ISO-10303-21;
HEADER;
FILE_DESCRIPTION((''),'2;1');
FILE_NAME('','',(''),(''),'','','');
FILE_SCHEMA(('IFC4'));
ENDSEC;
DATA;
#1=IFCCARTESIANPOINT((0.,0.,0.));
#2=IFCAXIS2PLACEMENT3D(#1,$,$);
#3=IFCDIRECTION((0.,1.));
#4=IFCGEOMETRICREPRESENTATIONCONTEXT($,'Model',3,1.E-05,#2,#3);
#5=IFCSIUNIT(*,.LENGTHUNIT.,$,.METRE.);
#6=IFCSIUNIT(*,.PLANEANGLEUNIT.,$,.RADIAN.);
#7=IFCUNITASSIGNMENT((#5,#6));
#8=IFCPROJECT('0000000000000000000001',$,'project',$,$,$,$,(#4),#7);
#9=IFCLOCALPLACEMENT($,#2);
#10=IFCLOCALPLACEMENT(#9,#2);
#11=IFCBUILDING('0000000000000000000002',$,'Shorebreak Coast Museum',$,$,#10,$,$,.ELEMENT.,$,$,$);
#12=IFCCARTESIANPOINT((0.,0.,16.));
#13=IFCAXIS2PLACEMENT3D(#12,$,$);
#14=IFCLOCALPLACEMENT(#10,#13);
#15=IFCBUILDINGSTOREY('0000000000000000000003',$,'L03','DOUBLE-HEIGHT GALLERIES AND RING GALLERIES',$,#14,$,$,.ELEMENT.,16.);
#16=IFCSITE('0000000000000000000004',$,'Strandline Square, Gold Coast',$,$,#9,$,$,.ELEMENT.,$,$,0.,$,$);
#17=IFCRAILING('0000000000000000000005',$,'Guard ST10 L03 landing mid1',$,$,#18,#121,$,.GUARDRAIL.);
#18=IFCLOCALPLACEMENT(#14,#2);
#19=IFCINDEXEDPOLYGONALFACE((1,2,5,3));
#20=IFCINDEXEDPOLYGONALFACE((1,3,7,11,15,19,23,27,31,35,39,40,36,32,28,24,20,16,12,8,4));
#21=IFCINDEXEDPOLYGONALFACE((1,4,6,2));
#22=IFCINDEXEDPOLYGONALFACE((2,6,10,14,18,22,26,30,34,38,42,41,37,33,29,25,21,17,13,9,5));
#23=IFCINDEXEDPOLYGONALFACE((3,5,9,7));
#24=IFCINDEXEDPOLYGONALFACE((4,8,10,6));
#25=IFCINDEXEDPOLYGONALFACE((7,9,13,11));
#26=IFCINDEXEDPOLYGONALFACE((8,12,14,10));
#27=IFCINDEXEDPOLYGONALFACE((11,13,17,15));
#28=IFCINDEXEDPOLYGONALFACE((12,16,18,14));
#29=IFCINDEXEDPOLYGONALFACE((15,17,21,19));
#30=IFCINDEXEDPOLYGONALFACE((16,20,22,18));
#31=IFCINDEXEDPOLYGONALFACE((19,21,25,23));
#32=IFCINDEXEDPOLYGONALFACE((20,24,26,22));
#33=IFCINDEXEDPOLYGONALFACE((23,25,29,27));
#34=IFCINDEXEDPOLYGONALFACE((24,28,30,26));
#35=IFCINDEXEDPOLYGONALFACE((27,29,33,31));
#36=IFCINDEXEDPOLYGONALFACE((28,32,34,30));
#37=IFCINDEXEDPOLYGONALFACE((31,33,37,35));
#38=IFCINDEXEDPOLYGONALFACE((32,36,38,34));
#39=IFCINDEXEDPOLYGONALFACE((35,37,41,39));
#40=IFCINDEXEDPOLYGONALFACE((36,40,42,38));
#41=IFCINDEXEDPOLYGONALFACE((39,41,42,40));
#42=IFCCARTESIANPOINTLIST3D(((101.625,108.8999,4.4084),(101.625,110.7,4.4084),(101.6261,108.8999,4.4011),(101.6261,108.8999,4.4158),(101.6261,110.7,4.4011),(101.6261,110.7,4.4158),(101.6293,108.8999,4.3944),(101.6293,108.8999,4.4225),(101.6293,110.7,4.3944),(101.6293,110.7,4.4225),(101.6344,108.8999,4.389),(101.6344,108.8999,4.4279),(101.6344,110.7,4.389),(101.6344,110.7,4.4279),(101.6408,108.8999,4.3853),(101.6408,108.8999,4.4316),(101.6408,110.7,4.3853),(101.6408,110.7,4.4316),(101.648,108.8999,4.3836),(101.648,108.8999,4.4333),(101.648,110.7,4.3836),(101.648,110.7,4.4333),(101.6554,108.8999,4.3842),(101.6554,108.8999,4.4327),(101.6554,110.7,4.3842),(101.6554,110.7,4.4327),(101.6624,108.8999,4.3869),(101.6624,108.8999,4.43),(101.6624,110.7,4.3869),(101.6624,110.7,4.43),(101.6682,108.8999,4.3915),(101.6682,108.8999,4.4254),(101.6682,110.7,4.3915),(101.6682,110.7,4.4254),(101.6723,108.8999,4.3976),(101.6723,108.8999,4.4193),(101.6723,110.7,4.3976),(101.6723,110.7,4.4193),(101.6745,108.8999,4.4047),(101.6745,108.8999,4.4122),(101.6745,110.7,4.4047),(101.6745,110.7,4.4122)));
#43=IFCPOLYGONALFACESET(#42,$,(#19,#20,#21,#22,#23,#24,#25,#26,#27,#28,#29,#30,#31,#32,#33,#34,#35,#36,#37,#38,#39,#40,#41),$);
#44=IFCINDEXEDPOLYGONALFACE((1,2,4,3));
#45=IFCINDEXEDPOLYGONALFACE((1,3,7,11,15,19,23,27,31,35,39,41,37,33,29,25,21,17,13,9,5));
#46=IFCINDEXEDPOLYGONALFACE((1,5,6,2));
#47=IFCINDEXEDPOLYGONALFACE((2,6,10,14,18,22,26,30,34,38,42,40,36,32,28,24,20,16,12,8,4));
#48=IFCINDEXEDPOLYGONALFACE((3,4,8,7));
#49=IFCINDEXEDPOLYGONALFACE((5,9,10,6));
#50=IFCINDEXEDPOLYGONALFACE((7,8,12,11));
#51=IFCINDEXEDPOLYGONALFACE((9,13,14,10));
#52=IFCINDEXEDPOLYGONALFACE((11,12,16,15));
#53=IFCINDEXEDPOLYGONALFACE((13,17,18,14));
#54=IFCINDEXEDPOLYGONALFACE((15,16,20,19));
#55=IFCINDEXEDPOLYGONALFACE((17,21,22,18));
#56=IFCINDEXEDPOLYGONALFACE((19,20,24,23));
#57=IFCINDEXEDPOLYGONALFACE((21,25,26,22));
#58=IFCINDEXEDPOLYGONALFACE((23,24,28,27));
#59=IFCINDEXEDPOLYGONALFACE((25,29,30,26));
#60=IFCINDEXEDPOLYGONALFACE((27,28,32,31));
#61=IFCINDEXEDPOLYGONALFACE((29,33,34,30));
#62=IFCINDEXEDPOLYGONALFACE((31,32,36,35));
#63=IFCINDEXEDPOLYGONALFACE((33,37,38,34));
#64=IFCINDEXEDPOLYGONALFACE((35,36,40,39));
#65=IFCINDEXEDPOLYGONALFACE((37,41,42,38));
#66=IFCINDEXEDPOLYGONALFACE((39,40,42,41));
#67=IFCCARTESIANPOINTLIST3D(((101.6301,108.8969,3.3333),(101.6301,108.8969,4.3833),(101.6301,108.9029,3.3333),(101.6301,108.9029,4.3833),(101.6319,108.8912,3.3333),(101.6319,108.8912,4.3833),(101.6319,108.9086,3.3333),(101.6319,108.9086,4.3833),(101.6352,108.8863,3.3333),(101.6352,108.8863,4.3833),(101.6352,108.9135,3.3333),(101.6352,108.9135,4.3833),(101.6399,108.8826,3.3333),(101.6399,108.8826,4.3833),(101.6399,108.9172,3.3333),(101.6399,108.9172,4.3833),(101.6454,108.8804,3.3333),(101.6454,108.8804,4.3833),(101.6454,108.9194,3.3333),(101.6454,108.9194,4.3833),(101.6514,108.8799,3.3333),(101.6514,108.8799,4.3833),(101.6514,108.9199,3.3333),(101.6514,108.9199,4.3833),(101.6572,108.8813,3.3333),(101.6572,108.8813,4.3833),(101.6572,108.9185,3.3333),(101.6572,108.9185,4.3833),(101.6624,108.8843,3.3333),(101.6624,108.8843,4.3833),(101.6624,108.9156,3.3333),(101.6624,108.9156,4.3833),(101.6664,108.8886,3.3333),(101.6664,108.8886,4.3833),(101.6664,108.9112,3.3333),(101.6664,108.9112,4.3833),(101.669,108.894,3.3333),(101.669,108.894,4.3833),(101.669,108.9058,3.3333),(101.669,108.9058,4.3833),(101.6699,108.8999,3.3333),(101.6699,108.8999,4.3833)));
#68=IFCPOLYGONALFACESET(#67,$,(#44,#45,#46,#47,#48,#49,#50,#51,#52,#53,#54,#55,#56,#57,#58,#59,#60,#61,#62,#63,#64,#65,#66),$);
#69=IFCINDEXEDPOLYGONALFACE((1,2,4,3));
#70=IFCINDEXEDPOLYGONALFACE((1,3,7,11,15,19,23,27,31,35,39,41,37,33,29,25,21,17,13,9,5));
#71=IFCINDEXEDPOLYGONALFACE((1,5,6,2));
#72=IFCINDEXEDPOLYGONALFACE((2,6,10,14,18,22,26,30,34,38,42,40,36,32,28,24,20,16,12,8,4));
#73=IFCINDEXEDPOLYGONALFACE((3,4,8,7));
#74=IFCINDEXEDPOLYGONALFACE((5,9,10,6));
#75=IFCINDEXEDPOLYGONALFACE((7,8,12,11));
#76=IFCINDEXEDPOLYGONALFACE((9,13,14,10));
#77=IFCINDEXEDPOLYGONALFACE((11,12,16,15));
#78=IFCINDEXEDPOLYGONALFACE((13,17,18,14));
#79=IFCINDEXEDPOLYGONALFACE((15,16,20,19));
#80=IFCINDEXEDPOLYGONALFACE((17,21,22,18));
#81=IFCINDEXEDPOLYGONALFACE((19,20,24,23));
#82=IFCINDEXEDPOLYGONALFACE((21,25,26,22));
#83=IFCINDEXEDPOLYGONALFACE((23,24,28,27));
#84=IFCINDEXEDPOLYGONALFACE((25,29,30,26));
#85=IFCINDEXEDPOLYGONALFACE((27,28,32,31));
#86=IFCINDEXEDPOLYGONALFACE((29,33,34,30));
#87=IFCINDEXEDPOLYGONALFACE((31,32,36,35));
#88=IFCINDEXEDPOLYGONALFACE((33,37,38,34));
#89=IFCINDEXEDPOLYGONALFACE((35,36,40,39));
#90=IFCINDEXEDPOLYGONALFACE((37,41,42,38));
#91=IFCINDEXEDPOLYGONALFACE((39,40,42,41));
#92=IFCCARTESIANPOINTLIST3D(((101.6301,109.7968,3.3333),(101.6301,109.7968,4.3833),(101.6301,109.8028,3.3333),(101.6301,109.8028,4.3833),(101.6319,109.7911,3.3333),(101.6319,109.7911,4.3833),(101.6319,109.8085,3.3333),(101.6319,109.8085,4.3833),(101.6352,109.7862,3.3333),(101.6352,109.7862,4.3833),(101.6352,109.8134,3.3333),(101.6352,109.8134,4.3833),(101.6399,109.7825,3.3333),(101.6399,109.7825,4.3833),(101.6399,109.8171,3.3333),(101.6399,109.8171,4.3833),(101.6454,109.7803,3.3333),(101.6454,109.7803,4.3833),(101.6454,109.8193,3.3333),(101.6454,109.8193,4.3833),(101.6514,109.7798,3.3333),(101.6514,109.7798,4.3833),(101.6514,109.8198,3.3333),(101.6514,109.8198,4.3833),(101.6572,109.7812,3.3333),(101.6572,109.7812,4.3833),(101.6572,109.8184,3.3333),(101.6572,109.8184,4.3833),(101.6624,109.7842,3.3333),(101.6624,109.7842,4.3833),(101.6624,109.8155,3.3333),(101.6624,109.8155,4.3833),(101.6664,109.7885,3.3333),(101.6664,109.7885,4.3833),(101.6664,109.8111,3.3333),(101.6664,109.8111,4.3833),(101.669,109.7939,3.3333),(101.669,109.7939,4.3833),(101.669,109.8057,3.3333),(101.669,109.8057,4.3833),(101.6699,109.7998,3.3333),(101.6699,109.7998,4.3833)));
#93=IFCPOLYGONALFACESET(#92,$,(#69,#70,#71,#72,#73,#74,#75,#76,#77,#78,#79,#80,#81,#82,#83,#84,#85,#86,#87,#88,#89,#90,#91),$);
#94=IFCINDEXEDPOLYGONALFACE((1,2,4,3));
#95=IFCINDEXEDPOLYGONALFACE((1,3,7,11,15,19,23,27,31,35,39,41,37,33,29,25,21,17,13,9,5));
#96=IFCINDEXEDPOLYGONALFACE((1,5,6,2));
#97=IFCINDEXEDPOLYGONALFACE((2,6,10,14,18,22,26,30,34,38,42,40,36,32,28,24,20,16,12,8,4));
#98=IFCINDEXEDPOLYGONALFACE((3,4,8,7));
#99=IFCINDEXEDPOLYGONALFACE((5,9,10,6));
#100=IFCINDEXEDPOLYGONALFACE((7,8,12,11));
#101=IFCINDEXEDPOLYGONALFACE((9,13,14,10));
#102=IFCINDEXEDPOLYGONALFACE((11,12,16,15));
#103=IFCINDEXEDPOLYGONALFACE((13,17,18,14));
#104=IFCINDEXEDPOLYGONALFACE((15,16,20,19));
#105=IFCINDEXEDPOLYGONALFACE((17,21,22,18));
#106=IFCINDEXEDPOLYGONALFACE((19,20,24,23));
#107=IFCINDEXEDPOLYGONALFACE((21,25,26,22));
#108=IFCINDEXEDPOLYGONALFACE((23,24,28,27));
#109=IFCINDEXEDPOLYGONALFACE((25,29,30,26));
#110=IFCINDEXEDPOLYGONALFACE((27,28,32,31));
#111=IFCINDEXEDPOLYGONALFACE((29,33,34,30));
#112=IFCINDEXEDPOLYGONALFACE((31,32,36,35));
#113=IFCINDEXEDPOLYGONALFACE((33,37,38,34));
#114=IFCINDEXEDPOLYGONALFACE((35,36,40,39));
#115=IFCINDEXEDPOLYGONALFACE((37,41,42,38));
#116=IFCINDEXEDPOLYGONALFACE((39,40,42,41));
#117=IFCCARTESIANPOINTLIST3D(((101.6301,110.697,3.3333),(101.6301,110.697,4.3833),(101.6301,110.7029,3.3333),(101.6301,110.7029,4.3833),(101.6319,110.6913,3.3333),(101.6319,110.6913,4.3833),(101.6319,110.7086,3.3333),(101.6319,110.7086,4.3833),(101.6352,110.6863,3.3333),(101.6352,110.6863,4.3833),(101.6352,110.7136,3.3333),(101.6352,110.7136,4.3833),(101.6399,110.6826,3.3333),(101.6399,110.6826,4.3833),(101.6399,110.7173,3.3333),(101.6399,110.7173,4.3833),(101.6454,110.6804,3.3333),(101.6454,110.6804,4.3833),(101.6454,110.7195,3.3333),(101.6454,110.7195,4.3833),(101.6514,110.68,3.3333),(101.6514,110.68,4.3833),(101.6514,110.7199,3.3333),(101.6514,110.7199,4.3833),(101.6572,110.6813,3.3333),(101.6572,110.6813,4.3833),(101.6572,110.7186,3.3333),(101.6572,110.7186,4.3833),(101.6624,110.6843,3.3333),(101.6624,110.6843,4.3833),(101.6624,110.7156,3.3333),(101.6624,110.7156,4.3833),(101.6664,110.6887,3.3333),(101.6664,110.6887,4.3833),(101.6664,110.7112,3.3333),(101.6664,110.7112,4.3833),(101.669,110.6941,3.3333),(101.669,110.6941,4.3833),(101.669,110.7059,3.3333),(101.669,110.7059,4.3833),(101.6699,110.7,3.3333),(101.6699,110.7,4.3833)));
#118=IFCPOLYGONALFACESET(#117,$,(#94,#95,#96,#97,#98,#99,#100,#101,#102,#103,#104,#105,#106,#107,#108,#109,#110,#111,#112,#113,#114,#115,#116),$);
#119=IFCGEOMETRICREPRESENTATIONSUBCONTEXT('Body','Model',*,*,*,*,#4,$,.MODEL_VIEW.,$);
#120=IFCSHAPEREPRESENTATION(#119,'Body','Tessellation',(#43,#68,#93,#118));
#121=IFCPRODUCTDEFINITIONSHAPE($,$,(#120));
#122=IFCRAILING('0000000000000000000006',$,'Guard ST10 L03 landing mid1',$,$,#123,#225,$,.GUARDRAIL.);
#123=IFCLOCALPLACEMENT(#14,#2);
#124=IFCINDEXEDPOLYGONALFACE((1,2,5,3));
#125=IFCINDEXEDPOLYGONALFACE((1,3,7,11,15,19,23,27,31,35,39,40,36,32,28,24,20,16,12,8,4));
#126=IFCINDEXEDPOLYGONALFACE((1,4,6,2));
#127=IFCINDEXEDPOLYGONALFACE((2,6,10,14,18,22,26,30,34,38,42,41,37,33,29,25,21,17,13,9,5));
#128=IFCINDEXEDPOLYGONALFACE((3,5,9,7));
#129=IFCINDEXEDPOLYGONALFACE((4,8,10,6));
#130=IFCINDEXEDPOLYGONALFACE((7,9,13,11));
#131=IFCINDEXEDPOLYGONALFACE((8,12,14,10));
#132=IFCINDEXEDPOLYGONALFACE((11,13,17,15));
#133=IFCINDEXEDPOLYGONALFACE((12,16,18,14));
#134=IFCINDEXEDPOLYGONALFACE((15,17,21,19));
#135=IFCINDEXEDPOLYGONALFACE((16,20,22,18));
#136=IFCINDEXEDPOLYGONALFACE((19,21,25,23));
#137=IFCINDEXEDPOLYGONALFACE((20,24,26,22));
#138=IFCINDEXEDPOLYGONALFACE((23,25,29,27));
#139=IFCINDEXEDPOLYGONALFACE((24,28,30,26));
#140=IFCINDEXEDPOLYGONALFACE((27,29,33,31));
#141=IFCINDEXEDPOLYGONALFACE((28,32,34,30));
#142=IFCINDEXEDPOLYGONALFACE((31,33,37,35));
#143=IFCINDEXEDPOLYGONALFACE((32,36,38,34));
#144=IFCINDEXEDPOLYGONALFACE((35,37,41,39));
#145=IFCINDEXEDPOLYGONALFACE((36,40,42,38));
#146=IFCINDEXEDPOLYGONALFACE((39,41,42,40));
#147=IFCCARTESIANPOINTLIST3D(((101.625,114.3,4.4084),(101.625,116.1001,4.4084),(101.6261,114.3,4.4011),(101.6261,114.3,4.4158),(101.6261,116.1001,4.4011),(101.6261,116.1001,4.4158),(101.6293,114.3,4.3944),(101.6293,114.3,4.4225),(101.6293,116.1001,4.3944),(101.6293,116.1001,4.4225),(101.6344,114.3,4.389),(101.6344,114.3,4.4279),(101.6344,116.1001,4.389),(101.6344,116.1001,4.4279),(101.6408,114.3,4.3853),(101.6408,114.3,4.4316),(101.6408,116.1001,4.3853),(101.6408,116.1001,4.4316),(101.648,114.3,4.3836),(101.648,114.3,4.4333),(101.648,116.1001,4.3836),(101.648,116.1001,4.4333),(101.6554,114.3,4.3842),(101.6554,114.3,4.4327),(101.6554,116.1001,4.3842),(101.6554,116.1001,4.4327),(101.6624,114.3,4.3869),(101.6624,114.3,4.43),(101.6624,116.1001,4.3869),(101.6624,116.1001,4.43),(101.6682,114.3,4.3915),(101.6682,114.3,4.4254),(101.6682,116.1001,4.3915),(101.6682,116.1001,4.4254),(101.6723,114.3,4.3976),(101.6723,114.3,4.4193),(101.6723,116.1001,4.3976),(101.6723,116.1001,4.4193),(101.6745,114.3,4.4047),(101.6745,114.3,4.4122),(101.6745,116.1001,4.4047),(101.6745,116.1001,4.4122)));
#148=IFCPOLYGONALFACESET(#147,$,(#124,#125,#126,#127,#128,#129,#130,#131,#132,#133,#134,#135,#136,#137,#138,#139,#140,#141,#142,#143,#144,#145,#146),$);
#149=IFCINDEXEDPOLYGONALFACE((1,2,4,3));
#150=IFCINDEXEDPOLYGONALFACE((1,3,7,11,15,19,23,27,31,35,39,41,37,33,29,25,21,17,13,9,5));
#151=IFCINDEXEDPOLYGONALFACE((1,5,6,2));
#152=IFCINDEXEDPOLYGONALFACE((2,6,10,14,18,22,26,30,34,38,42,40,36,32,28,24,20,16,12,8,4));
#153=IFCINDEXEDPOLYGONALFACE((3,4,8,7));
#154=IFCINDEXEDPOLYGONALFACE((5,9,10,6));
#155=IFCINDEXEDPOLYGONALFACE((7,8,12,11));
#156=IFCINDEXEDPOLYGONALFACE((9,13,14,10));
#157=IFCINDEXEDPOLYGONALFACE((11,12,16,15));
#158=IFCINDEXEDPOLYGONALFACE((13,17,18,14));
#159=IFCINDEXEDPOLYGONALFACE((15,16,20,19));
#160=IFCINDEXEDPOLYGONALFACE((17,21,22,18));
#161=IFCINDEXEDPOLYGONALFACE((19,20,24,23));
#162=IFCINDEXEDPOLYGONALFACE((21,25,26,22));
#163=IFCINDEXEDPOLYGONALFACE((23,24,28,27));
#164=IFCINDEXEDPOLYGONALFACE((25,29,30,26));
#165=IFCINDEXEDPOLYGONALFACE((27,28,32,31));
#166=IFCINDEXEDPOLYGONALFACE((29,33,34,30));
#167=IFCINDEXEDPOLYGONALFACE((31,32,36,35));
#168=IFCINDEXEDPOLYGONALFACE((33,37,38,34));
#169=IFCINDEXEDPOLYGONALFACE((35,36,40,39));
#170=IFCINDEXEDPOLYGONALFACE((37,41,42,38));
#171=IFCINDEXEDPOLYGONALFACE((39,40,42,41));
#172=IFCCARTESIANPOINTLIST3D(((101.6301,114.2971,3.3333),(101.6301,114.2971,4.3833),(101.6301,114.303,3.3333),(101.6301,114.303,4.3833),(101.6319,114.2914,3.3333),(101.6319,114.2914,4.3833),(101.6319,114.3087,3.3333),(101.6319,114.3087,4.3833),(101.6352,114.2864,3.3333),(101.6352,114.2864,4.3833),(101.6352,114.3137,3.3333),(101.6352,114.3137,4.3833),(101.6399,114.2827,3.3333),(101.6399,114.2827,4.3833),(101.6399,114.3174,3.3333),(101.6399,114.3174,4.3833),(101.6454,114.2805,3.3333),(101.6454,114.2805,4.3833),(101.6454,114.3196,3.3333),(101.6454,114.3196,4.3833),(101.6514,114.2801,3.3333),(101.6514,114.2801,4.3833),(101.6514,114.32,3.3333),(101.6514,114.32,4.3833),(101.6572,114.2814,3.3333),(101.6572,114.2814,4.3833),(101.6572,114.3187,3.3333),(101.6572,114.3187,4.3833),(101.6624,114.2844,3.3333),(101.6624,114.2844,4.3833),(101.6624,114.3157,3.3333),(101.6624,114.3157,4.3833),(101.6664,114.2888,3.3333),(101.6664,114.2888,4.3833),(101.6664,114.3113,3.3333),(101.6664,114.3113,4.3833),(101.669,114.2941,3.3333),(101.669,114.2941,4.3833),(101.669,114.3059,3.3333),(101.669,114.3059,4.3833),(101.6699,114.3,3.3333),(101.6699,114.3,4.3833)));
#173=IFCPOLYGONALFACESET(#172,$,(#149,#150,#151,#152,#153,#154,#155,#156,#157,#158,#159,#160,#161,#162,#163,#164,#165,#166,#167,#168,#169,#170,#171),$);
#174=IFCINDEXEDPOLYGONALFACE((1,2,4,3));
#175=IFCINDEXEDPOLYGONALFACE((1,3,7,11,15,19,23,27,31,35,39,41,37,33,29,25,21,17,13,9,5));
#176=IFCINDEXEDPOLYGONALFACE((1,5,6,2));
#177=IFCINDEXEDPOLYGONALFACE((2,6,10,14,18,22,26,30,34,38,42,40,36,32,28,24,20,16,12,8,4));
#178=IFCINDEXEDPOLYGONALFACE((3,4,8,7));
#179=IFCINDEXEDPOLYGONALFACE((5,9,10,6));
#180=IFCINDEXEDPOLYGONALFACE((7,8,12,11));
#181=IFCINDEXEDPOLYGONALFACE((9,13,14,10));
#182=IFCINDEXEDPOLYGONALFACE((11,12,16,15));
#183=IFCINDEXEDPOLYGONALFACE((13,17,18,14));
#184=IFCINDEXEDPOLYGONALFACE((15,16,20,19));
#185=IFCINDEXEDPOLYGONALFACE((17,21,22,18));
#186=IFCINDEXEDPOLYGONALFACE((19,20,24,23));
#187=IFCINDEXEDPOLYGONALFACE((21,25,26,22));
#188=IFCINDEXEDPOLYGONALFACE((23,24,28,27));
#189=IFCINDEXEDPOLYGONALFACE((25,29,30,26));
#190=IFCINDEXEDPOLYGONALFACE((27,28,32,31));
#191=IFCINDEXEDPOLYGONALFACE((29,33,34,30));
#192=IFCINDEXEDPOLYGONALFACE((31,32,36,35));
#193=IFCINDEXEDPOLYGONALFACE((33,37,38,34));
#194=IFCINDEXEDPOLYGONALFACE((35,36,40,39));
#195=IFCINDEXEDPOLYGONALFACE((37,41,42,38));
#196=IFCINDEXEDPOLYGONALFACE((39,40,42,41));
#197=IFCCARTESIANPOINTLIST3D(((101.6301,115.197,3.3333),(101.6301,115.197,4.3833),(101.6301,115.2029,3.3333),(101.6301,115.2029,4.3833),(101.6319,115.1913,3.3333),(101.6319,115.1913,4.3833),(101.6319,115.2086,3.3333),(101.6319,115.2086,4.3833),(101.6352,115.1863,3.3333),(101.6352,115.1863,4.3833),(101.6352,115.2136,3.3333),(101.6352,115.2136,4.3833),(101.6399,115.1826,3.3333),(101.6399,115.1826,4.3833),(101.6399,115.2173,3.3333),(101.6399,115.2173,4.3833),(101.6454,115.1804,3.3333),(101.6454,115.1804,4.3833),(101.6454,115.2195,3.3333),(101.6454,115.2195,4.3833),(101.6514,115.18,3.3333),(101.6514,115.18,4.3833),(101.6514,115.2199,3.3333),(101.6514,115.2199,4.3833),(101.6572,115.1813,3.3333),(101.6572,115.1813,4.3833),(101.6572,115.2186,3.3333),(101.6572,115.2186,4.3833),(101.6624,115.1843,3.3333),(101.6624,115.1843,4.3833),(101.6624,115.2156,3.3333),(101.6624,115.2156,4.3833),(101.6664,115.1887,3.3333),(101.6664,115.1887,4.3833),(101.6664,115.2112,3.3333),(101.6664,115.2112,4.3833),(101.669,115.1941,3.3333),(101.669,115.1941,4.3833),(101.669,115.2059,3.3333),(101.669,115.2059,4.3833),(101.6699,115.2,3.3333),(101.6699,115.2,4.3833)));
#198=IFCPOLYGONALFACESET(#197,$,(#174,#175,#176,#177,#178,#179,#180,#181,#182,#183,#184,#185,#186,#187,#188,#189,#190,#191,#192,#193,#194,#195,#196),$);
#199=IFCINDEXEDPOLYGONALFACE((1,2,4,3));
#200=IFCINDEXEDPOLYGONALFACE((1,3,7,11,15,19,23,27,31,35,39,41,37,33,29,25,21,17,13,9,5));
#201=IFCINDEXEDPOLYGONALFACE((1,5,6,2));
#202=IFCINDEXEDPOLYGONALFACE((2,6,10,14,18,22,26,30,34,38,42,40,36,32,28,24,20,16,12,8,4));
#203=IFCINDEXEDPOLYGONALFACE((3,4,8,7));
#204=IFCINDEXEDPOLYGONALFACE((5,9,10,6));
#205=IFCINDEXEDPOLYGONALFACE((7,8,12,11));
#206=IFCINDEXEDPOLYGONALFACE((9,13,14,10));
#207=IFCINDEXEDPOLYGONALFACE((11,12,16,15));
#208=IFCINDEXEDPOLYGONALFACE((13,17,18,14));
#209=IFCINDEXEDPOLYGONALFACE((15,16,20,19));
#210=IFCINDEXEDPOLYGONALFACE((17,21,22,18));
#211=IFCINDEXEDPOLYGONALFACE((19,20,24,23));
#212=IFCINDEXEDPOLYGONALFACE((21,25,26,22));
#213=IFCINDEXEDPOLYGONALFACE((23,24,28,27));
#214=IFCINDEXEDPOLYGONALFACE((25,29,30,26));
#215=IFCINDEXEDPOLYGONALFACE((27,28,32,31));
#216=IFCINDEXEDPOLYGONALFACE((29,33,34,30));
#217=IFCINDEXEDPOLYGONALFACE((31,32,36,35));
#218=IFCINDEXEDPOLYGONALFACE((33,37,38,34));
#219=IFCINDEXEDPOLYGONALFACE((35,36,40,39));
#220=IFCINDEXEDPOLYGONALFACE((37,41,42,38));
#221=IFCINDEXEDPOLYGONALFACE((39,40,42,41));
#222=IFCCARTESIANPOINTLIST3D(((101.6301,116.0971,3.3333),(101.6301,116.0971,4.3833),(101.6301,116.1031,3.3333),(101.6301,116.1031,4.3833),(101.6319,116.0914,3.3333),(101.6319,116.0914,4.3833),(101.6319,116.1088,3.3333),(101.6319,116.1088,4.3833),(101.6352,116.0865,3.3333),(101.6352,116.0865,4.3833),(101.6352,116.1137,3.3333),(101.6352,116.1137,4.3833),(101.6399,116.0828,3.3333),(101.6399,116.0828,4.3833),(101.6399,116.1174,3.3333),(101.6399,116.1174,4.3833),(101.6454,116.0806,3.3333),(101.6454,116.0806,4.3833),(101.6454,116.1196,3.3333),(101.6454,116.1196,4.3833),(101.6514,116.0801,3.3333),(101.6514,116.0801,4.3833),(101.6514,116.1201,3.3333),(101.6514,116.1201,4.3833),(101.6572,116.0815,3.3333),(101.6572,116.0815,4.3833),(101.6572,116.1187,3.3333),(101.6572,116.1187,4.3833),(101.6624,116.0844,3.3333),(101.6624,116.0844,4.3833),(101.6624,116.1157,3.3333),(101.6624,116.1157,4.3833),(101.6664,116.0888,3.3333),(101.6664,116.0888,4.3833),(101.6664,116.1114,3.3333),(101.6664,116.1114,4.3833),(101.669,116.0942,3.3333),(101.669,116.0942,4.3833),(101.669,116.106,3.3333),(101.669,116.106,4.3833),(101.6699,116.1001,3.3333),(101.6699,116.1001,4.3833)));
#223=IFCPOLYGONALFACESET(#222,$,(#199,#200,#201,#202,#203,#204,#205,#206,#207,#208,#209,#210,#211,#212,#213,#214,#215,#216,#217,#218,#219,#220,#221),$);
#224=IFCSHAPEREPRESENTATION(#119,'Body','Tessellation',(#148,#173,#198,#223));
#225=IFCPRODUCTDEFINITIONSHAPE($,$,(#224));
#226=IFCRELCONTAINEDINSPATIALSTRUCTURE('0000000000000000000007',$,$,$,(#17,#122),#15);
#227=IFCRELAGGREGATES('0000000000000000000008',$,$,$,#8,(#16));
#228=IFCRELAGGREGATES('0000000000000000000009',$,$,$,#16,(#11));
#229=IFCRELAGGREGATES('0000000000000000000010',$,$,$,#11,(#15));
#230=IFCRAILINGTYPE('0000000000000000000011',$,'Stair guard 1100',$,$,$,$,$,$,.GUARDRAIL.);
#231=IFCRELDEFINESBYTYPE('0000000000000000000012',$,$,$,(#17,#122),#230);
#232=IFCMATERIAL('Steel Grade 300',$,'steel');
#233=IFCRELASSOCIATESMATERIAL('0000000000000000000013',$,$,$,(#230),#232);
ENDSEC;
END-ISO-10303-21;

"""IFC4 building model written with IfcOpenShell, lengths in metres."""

from ifc_helpers import new_model, si_unit, direction, frame, origin, origin_2d, place, context, subcontext, project, spatial, circle, extrude, material, type_object, element, save


model = new_model("IFC4")

# Units and contexts
model_context = context("Model", 3, precision=1e-05, world=origin(), true_north=direction((0.0, 1.0)))
body_context = subcontext(model_context, "Body", "Model", "MODEL_VIEW")
ifc_project = project(units=[si_unit("LENGTHUNIT", "METRE"), si_unit("PLANEANGLEUNIT", "RADIAN")], contexts=[model_context])

# Site, building, storey
site_placement = place(None, origin())
site = spatial("IfcSite", under=ifc_project, at=site_placement, Name="Strandline Square, Gold Coast", CompositionType="ELEMENT", RefElevation=0.0)
building_placement = place(site_placement, origin())
building = spatial("IfcBuilding", under=site, at=building_placement, Name="Shorebreak Coast Museum", CompositionType="ELEMENT")
storey_placement = place(building_placement, frame((0.0, 0.0, 16.0)))
storey = spatial("IfcBuildingStorey", under=building, at=storey_placement, Name="L03", Description="DOUBLE-HEIGHT GALLERIES AND RING GALLERIES", CompositionType="ELEMENT", Elevation=16.0)

# Railings
ifc_material_1 = material(Name="Steel Grade 300", Category="steel")
railing_type_1 = type_object("IfcRailingType", Name="Stair guard 1100", PredefinedType="GUARDRAIL", material=ifc_material_1)
for number, where, name in (
    (1, (101.6499, 108.8999, 3.3333), "Guard ST10 L03 landing mid1"),
    (2, (101.6499, 114.3, 3.3333), "Guard ST10 L03 landing mid1"),
):
    element("IfcRailing", number, at=place(storey_placement, frame(where)), inside=storey, type_object=railing_type_1, Name=name, PredefinedType="GUARDRAIL", context=body_context, shape_type="SweptSolid", body=[
        extrude(circle(Radius=0.0249, at=origin_2d()), frame((0.0, 0.0, 1.0752), z_axis=(0.0, 1.0, 0.0), x_axis=(-1.0, 0.0, 0.0)), (0.0, 0.0, 1.0), 1.8),
        extrude(circle(Radius=0.02, at=origin_2d()), origin(), (0.0, 0.0, 1.0), 1.05),
        extrude(circle(Radius=0.02, at=origin_2d()), frame((0.0, 0.8999, 0.0)), (0.0, 0.0, 1.0), 1.05),
        extrude(circle(Radius=0.02, at=origin_2d()), frame((0.0, 1.8, 0.0)), (0.0, 0.0, 1.0), 1.05),
    ])

save(model, "model.ifc")
